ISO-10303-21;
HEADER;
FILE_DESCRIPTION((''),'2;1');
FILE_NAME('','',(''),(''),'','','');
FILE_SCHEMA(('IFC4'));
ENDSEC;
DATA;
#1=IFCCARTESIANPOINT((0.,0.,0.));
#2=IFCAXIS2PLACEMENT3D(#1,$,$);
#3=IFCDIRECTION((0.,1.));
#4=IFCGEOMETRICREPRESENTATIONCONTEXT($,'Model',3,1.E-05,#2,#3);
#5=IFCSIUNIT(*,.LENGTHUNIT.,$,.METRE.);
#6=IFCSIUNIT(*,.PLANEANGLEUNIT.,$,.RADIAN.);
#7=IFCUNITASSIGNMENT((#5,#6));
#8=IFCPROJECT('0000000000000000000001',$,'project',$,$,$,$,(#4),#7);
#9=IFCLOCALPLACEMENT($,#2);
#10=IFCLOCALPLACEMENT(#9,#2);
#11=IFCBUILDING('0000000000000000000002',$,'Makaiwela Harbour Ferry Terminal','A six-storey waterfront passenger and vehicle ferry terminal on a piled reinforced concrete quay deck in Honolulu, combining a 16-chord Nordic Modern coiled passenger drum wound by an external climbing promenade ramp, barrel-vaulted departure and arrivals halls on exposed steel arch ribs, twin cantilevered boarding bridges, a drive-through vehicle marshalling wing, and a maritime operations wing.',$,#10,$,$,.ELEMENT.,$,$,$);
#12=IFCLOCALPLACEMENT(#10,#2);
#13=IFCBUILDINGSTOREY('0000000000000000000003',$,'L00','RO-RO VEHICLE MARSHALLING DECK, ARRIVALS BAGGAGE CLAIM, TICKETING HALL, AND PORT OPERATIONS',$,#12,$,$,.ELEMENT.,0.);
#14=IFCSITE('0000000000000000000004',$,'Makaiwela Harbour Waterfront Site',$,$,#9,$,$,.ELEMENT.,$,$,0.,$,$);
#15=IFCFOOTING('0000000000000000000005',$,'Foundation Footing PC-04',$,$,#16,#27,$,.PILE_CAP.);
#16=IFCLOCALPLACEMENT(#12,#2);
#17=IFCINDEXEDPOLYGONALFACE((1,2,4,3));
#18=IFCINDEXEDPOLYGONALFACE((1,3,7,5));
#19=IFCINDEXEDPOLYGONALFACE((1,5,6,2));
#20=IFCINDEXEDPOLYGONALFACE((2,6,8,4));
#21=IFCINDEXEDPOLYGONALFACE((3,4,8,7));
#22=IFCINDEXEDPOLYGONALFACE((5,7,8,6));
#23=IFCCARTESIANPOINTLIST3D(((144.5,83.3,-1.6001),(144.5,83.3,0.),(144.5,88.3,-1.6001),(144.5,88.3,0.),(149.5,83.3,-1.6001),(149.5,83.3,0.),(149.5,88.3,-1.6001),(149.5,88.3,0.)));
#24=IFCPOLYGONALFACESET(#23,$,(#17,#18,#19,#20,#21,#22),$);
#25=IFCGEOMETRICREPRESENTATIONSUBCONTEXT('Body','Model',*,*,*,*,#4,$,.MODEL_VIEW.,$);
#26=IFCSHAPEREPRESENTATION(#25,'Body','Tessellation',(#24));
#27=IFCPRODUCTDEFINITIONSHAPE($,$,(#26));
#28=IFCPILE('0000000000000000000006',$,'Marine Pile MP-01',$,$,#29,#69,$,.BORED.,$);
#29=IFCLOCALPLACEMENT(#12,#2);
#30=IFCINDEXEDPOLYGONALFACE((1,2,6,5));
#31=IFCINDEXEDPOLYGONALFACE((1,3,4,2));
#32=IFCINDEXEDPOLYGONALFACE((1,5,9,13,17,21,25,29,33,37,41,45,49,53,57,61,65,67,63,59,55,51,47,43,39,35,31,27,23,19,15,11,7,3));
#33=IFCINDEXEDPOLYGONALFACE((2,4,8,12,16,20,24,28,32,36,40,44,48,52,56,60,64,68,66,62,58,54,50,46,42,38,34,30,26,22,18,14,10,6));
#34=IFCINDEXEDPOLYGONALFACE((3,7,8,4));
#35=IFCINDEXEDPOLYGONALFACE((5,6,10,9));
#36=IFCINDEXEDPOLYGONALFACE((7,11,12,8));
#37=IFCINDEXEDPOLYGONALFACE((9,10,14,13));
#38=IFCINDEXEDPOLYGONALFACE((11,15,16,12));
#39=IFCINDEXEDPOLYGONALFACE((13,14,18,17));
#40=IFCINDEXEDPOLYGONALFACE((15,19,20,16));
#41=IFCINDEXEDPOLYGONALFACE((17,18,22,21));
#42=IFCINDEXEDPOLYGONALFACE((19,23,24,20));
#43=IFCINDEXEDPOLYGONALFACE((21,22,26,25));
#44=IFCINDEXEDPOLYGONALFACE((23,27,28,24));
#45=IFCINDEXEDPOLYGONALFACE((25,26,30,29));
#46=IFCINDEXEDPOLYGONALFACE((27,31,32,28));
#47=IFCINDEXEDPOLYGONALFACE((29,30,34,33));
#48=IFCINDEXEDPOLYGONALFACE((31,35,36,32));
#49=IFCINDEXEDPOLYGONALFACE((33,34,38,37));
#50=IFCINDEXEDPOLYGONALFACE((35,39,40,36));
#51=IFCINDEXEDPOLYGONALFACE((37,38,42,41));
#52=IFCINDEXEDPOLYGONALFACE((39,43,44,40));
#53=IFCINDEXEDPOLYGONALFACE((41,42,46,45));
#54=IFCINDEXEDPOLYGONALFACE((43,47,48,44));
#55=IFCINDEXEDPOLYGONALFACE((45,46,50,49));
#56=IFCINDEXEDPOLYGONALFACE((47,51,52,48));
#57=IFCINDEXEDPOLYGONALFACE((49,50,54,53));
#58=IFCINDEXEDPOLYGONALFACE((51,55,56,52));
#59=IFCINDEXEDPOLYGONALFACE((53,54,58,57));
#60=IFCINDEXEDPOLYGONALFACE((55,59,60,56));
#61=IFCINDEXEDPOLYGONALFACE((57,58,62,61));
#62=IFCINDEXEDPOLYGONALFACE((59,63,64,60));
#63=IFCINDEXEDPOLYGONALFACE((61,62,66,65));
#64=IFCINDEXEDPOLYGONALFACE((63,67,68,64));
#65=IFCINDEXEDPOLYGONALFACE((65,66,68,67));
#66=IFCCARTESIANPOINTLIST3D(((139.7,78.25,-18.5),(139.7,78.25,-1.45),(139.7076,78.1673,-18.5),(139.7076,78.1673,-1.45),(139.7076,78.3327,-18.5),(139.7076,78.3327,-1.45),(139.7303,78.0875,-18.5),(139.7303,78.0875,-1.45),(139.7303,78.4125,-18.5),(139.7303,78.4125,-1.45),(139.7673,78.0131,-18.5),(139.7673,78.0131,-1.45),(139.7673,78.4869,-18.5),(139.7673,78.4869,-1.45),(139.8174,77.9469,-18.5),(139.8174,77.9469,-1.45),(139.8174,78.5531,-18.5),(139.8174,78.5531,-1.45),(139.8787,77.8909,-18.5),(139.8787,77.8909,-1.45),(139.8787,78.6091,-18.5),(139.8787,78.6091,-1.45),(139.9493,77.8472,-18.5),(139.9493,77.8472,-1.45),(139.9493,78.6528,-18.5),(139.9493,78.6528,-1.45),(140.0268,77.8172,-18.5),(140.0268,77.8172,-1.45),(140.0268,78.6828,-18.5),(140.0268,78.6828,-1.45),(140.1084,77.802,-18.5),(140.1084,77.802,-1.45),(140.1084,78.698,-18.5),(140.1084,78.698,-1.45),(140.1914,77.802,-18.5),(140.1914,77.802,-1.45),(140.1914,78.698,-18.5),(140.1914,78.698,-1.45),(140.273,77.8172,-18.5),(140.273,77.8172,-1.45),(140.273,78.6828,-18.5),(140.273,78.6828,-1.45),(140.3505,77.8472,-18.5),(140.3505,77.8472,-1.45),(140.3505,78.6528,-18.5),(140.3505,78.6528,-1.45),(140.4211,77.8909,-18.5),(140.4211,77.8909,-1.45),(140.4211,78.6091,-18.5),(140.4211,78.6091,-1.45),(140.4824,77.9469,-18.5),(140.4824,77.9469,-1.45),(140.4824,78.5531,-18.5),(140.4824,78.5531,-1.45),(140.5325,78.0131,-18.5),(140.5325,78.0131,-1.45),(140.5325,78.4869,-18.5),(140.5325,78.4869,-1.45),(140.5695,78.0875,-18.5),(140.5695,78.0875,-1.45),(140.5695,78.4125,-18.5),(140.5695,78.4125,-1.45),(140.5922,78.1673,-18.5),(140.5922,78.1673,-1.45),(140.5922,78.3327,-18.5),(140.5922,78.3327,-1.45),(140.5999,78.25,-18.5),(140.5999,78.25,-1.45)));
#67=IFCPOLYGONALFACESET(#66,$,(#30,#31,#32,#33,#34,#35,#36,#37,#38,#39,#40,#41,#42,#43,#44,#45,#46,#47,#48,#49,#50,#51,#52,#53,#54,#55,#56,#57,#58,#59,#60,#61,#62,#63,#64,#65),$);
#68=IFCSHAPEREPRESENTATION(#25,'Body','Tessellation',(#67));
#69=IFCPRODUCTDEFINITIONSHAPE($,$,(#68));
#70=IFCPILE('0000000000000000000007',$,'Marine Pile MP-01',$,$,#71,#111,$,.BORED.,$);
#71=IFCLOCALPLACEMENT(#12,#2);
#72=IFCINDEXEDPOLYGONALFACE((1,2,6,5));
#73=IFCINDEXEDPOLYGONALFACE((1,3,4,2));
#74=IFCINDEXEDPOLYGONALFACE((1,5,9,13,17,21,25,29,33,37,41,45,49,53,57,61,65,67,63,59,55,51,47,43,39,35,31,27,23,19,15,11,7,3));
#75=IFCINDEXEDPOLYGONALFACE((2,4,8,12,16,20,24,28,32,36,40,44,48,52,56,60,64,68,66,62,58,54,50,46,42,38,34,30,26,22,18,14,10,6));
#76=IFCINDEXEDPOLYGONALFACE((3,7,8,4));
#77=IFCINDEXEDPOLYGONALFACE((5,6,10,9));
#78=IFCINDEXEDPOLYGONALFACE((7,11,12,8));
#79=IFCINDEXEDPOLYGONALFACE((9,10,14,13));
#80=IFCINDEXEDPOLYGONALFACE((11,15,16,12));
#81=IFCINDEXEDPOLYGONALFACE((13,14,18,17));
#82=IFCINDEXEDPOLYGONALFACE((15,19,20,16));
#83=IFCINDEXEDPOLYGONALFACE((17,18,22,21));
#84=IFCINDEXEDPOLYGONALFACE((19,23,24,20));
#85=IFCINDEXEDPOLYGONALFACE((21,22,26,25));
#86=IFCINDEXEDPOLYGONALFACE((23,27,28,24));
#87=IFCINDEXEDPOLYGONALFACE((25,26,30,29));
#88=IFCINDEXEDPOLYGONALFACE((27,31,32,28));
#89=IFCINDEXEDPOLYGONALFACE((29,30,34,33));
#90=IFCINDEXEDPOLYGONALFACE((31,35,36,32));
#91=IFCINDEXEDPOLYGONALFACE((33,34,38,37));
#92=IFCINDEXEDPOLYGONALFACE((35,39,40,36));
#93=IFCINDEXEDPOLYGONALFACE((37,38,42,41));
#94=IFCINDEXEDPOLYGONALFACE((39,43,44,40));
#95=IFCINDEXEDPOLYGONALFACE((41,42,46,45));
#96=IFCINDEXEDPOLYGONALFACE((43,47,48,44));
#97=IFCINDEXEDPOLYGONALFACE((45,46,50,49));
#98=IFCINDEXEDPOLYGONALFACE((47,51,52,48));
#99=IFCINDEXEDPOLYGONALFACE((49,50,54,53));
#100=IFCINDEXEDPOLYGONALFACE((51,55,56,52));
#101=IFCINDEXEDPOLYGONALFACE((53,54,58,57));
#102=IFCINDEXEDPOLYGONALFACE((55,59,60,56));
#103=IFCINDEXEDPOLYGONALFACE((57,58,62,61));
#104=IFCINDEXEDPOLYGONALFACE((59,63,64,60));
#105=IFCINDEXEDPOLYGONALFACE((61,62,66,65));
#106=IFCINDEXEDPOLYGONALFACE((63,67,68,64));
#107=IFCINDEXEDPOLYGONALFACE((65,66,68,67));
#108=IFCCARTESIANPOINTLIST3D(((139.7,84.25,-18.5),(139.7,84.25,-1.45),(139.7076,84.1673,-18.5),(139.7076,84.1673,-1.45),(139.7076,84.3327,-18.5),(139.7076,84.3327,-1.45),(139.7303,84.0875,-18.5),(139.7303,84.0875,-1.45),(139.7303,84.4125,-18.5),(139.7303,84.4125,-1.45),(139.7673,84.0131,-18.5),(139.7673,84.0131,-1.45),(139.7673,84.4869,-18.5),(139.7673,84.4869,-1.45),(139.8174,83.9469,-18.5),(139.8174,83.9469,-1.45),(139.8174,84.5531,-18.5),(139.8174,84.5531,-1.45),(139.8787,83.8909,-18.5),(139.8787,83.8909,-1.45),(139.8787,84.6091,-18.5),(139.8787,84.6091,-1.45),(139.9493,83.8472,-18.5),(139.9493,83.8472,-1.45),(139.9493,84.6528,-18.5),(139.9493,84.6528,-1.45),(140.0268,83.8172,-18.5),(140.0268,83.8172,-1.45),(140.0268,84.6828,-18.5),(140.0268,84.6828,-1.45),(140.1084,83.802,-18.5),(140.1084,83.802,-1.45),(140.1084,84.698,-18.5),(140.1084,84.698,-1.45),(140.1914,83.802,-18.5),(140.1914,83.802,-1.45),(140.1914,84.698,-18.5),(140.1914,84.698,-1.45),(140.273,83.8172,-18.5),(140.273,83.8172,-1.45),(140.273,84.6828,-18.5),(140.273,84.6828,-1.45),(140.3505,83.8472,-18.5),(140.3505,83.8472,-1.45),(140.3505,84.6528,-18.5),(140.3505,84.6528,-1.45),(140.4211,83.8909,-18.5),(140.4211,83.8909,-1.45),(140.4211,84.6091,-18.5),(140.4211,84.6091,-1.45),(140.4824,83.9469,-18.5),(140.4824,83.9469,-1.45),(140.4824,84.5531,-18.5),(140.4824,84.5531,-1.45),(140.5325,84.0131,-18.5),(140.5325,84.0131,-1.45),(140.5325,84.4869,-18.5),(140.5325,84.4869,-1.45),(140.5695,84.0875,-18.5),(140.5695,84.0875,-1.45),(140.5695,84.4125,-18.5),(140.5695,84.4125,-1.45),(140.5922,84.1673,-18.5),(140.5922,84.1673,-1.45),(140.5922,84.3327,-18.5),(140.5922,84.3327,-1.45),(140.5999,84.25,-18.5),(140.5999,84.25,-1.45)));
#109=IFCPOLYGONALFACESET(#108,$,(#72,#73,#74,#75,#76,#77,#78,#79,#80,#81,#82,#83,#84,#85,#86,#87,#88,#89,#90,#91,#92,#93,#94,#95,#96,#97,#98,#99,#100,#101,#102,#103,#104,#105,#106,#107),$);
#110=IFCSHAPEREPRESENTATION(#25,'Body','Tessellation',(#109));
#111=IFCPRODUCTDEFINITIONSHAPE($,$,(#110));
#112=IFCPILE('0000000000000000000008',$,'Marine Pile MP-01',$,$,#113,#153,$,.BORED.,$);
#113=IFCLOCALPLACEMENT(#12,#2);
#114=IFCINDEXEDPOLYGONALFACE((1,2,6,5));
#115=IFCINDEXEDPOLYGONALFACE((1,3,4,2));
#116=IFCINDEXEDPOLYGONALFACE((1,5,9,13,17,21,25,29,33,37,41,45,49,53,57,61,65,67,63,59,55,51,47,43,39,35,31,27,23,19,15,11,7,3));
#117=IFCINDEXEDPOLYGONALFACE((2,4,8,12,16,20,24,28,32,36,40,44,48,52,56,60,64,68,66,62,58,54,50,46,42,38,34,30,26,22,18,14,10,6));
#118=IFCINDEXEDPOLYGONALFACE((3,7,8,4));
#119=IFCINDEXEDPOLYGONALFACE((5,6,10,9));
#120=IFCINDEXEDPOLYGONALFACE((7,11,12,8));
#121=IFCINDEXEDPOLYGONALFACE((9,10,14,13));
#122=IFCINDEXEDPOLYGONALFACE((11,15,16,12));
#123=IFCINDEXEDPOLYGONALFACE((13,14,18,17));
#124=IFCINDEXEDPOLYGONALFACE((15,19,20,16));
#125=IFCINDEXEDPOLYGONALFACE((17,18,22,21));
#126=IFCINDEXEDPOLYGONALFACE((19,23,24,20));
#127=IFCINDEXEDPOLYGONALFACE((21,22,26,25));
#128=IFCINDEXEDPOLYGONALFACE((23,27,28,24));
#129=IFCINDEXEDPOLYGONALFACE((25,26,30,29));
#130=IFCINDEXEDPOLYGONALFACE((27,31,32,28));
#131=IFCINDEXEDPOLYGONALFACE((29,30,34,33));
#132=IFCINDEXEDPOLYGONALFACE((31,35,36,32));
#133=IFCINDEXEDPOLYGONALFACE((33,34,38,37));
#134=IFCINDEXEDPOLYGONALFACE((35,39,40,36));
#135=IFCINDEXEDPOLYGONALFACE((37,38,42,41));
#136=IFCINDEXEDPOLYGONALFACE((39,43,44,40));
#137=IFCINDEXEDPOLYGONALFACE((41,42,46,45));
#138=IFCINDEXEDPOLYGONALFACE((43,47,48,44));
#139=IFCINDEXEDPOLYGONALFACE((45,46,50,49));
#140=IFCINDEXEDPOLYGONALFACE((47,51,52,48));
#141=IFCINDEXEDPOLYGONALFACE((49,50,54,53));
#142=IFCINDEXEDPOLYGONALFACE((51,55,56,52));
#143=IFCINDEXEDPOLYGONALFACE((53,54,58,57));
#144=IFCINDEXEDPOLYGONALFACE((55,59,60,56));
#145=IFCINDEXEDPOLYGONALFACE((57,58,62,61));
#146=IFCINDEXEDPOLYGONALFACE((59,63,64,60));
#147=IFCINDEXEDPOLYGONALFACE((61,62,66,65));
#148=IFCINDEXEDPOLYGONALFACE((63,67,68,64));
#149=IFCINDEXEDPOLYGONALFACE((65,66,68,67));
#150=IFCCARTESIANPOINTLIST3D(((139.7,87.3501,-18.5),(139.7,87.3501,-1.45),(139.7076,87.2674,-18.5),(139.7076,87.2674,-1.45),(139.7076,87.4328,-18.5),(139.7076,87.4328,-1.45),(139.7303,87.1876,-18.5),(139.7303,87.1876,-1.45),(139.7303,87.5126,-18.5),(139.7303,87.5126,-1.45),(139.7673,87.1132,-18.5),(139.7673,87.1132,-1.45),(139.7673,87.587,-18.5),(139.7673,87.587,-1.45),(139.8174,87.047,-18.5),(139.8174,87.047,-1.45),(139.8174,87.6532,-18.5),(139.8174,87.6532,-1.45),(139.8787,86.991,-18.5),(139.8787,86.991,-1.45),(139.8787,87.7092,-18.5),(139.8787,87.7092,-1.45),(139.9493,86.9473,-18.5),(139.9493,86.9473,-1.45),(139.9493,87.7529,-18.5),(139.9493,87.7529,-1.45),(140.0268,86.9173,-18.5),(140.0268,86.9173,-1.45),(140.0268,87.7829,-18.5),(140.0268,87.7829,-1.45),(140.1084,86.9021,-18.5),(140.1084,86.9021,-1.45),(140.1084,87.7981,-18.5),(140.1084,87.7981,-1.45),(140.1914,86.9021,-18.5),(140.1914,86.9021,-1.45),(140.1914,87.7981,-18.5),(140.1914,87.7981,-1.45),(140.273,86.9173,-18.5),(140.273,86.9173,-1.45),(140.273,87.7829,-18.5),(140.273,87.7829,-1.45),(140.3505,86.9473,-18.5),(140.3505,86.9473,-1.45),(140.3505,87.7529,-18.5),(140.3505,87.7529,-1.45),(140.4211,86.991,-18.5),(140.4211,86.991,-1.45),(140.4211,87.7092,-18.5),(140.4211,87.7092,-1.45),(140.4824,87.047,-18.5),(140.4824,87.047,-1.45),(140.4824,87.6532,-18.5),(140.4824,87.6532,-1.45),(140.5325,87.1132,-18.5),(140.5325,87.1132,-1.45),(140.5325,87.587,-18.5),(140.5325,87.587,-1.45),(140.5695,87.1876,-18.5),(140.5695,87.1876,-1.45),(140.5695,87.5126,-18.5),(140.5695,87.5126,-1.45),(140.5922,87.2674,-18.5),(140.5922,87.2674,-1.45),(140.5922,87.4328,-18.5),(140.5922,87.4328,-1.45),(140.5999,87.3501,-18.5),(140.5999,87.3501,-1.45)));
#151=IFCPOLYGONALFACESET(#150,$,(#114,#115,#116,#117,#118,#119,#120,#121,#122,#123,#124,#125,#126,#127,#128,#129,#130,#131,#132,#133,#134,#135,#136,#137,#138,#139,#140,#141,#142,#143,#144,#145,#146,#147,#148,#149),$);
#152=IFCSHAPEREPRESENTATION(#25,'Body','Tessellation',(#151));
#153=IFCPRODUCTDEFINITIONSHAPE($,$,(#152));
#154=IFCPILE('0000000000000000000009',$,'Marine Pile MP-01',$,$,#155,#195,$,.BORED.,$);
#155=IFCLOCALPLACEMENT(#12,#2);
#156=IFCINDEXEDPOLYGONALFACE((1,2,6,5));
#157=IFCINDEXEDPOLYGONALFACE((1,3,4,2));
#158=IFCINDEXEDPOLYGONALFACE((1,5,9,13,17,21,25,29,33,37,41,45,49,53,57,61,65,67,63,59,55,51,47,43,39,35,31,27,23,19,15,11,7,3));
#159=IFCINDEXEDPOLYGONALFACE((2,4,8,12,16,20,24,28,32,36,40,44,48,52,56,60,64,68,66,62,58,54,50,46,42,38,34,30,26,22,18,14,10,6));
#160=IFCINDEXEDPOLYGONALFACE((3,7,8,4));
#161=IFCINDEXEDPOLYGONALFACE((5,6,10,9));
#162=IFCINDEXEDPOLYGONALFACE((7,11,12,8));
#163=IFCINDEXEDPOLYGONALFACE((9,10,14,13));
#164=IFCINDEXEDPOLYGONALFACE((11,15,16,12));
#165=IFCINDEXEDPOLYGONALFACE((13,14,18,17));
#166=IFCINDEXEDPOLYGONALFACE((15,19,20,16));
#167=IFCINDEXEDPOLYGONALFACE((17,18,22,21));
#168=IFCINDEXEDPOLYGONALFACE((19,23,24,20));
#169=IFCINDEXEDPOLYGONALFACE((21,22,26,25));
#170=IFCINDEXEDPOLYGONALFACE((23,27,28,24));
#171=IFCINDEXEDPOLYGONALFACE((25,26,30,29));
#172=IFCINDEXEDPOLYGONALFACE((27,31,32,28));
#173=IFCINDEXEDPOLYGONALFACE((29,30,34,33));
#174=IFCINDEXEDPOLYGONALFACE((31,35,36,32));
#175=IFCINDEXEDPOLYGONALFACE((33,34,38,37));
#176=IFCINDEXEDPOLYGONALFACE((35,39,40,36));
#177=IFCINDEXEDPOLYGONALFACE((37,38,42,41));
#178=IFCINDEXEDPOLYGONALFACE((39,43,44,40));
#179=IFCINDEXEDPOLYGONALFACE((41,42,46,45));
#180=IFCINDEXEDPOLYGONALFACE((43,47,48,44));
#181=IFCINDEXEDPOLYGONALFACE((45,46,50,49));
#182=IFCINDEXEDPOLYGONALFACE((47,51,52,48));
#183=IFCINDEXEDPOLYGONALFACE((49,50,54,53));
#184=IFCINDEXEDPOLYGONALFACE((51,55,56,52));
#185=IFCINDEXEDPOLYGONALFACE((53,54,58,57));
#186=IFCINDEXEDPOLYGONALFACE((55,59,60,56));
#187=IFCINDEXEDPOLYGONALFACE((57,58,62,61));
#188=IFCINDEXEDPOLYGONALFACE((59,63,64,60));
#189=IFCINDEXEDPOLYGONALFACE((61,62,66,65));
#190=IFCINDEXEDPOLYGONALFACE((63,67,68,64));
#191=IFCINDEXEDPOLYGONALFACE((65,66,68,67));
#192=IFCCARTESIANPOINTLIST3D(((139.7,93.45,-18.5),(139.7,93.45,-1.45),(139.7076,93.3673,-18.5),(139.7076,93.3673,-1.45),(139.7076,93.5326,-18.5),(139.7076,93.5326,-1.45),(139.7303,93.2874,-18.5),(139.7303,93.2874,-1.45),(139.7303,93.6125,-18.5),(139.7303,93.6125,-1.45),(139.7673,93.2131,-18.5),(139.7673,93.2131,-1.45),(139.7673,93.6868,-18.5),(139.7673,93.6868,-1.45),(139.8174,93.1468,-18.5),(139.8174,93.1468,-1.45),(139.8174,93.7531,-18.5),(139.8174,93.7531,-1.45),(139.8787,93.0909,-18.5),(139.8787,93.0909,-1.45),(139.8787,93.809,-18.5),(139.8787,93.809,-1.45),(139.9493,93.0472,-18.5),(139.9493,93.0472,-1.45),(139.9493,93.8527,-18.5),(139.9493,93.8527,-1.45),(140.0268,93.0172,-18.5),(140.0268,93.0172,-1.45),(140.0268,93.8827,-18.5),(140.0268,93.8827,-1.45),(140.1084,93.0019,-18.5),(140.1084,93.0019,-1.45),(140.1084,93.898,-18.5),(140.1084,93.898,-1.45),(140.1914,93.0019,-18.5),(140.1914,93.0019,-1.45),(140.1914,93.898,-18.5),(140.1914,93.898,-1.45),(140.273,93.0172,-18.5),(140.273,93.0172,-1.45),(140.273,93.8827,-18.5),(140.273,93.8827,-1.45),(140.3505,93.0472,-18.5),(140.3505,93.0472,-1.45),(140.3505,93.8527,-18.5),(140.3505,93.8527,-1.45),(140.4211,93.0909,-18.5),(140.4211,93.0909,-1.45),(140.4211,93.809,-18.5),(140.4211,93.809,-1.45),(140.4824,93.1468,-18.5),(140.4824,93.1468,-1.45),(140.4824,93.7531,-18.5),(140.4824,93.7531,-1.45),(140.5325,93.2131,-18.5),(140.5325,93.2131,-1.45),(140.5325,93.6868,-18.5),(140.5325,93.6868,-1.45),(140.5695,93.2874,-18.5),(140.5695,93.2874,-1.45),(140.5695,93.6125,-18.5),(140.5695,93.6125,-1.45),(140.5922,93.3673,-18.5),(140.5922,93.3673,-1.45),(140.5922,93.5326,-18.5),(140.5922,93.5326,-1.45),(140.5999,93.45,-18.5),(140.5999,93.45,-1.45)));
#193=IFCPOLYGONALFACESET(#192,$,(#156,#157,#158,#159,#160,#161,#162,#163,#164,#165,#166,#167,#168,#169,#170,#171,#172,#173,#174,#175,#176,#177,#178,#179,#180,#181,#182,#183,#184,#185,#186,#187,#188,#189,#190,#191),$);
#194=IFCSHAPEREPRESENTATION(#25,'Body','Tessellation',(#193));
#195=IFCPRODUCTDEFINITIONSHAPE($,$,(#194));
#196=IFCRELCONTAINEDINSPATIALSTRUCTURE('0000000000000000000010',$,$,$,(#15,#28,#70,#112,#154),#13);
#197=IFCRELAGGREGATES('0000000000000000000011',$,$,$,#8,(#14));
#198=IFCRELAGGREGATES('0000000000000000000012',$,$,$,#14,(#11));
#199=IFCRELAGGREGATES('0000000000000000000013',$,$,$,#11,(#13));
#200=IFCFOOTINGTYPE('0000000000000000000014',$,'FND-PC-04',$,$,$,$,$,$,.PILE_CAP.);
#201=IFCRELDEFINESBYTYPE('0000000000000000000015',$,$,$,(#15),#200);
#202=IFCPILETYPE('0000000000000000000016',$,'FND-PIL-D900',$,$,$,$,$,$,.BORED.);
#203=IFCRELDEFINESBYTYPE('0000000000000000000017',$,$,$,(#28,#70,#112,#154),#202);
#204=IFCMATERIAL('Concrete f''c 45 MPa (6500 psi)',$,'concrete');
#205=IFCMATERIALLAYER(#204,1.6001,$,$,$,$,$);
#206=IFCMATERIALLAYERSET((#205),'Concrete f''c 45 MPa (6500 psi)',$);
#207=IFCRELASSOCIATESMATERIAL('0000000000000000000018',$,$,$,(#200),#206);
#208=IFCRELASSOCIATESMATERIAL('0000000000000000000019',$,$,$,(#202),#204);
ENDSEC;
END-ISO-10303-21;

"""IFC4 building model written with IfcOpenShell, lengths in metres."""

from ifc_helpers import new_model, si_unit, direction, frame, origin, origin_2d, place, context, subcontext, project, spatial, rectangle, circle, extrude, material, layer, layer_set, material_profile, profile_set, type_object, element, save


model = new_model("IFC4")

# Units and contexts
model_context = context("Model", 3, precision=1e-05, world=origin(), true_north=direction((0.0, 1.0)))
body_context = subcontext(model_context, "Body", "Model", "MODEL_VIEW")
ifc_project = project(units=[si_unit("LENGTHUNIT", "METRE"), si_unit("PLANEANGLEUNIT", "RADIAN")], contexts=[model_context])

# Site, building, storey
site_placement = place(None, origin())
site = spatial("IfcSite", under=ifc_project, at=site_placement, Name="Makaiwela Harbour Waterfront Site", CompositionType="ELEMENT", RefElevation=0.0)
building_placement = place(site_placement, origin())
building = spatial("IfcBuilding", under=site, at=building_placement, Name="Makaiwela Harbour Ferry Terminal", Description="A six-storey waterfront passenger and vehicle ferry terminal on a piled reinforced concrete quay deck in Honolulu, combining a 16-chord Nordic Modern coiled passenger drum wound by an external climbing promenade ramp, barrel-vaulted departure and arrivals halls on exposed steel arch ribs, twin cantilevered boarding bridges, a drive-through vehicle marshalling wing, and a maritime operations wing.", CompositionType="ELEMENT")
storey_placement = place(building_placement, origin())
storey = spatial("IfcBuildingStorey", under=building, at=storey_placement, Name="L00", Description="RO-RO VEHICLE MARSHALLING DECK, ARRIVALS BAGGAGE CLAIM, TICKETING HALL, AND PORT OPERATIONS", CompositionType="ELEMENT", Elevation=0.0)

# Footing
ifc_material_1 = material(Name="Concrete f'c 45 MPa (6500 psi)", Category="concrete")
ifc_layer_1 = layer(ifc_material_1, 1.6001)
ifc_layer_set_1 = layer_set([ifc_layer_1], Name="Concrete f'c 45 MPa (6500 psi)")
footing_type_1 = type_object("IfcFootingType", Name="FND-PC-04", PredefinedType="PILE_CAP", material=ifc_layer_set_1)
footing_1_placement = place(storey_placement, frame((147.0, 85.8, -1.6001), z_axis=(0.0, 0.0, 1.0), x_axis=(1.0, 0.0, 0.0)))
element("IfcFooting", 1, at=footing_1_placement, inside=storey, type_object=footing_type_1, Name="Foundation Footing PC-04", PredefinedType="PILE_CAP", context=body_context, shape_type="SweptSolid", body=[
    extrude(rectangle(XDim=5.0, YDim=5.0, at=origin_2d()), origin(), (0.0, 0.0, 1.0), 1.6001),
])

# Piles
ifc_material_profile_1 = material_profile(ifc_material_1, circle(Radius=0.45, at=origin_2d()), Name="PILE-D900")
ifc_profile_set_1 = profile_set([ifc_material_profile_1], Name="Concrete f'c 45 MPa (6500 psi)")
pile_type = type_object("IfcPileType", Name="FND-PIL-D900", PredefinedType="BORED", material=ifc_profile_set_1)
for number, where, z_axis, x_axis, name in (
    (2, (140.1499, 78.25, -1.45), (0.0, 0.0, -1.0), (1.0, 0.0, 0.0), "Marine Pile MP-01"),
    (3, (140.1499, 84.25, -1.45), (0.0, 0.0, -1.0), (1.0, 0.0, 0.0), "Marine Pile MP-01"),
    (4, (140.1499, 87.3501, -1.45), (0.0, 0.0, -1.0), (1.0, 0.0, 0.0), "Marine Pile MP-01"),
    (5, (140.1499, 93.45, -1.45), (0.0, 0.0, -1.0), (1.0, 0.0, 0.0), "Marine Pile MP-01"),
):
    element("IfcPile", number, at=place(storey_placement, frame(where, z_axis=z_axis, x_axis=x_axis)), inside=storey, type_object=pile_type, Name=name, PredefinedType="BORED", context=body_context, shape_type="SweptSolid", body=[
        extrude(circle(Radius=0.45, at=origin_2d()), origin(), (0.0, 0.0, 1.0), 17.05),
    ])

save(model, "model.ifc")
